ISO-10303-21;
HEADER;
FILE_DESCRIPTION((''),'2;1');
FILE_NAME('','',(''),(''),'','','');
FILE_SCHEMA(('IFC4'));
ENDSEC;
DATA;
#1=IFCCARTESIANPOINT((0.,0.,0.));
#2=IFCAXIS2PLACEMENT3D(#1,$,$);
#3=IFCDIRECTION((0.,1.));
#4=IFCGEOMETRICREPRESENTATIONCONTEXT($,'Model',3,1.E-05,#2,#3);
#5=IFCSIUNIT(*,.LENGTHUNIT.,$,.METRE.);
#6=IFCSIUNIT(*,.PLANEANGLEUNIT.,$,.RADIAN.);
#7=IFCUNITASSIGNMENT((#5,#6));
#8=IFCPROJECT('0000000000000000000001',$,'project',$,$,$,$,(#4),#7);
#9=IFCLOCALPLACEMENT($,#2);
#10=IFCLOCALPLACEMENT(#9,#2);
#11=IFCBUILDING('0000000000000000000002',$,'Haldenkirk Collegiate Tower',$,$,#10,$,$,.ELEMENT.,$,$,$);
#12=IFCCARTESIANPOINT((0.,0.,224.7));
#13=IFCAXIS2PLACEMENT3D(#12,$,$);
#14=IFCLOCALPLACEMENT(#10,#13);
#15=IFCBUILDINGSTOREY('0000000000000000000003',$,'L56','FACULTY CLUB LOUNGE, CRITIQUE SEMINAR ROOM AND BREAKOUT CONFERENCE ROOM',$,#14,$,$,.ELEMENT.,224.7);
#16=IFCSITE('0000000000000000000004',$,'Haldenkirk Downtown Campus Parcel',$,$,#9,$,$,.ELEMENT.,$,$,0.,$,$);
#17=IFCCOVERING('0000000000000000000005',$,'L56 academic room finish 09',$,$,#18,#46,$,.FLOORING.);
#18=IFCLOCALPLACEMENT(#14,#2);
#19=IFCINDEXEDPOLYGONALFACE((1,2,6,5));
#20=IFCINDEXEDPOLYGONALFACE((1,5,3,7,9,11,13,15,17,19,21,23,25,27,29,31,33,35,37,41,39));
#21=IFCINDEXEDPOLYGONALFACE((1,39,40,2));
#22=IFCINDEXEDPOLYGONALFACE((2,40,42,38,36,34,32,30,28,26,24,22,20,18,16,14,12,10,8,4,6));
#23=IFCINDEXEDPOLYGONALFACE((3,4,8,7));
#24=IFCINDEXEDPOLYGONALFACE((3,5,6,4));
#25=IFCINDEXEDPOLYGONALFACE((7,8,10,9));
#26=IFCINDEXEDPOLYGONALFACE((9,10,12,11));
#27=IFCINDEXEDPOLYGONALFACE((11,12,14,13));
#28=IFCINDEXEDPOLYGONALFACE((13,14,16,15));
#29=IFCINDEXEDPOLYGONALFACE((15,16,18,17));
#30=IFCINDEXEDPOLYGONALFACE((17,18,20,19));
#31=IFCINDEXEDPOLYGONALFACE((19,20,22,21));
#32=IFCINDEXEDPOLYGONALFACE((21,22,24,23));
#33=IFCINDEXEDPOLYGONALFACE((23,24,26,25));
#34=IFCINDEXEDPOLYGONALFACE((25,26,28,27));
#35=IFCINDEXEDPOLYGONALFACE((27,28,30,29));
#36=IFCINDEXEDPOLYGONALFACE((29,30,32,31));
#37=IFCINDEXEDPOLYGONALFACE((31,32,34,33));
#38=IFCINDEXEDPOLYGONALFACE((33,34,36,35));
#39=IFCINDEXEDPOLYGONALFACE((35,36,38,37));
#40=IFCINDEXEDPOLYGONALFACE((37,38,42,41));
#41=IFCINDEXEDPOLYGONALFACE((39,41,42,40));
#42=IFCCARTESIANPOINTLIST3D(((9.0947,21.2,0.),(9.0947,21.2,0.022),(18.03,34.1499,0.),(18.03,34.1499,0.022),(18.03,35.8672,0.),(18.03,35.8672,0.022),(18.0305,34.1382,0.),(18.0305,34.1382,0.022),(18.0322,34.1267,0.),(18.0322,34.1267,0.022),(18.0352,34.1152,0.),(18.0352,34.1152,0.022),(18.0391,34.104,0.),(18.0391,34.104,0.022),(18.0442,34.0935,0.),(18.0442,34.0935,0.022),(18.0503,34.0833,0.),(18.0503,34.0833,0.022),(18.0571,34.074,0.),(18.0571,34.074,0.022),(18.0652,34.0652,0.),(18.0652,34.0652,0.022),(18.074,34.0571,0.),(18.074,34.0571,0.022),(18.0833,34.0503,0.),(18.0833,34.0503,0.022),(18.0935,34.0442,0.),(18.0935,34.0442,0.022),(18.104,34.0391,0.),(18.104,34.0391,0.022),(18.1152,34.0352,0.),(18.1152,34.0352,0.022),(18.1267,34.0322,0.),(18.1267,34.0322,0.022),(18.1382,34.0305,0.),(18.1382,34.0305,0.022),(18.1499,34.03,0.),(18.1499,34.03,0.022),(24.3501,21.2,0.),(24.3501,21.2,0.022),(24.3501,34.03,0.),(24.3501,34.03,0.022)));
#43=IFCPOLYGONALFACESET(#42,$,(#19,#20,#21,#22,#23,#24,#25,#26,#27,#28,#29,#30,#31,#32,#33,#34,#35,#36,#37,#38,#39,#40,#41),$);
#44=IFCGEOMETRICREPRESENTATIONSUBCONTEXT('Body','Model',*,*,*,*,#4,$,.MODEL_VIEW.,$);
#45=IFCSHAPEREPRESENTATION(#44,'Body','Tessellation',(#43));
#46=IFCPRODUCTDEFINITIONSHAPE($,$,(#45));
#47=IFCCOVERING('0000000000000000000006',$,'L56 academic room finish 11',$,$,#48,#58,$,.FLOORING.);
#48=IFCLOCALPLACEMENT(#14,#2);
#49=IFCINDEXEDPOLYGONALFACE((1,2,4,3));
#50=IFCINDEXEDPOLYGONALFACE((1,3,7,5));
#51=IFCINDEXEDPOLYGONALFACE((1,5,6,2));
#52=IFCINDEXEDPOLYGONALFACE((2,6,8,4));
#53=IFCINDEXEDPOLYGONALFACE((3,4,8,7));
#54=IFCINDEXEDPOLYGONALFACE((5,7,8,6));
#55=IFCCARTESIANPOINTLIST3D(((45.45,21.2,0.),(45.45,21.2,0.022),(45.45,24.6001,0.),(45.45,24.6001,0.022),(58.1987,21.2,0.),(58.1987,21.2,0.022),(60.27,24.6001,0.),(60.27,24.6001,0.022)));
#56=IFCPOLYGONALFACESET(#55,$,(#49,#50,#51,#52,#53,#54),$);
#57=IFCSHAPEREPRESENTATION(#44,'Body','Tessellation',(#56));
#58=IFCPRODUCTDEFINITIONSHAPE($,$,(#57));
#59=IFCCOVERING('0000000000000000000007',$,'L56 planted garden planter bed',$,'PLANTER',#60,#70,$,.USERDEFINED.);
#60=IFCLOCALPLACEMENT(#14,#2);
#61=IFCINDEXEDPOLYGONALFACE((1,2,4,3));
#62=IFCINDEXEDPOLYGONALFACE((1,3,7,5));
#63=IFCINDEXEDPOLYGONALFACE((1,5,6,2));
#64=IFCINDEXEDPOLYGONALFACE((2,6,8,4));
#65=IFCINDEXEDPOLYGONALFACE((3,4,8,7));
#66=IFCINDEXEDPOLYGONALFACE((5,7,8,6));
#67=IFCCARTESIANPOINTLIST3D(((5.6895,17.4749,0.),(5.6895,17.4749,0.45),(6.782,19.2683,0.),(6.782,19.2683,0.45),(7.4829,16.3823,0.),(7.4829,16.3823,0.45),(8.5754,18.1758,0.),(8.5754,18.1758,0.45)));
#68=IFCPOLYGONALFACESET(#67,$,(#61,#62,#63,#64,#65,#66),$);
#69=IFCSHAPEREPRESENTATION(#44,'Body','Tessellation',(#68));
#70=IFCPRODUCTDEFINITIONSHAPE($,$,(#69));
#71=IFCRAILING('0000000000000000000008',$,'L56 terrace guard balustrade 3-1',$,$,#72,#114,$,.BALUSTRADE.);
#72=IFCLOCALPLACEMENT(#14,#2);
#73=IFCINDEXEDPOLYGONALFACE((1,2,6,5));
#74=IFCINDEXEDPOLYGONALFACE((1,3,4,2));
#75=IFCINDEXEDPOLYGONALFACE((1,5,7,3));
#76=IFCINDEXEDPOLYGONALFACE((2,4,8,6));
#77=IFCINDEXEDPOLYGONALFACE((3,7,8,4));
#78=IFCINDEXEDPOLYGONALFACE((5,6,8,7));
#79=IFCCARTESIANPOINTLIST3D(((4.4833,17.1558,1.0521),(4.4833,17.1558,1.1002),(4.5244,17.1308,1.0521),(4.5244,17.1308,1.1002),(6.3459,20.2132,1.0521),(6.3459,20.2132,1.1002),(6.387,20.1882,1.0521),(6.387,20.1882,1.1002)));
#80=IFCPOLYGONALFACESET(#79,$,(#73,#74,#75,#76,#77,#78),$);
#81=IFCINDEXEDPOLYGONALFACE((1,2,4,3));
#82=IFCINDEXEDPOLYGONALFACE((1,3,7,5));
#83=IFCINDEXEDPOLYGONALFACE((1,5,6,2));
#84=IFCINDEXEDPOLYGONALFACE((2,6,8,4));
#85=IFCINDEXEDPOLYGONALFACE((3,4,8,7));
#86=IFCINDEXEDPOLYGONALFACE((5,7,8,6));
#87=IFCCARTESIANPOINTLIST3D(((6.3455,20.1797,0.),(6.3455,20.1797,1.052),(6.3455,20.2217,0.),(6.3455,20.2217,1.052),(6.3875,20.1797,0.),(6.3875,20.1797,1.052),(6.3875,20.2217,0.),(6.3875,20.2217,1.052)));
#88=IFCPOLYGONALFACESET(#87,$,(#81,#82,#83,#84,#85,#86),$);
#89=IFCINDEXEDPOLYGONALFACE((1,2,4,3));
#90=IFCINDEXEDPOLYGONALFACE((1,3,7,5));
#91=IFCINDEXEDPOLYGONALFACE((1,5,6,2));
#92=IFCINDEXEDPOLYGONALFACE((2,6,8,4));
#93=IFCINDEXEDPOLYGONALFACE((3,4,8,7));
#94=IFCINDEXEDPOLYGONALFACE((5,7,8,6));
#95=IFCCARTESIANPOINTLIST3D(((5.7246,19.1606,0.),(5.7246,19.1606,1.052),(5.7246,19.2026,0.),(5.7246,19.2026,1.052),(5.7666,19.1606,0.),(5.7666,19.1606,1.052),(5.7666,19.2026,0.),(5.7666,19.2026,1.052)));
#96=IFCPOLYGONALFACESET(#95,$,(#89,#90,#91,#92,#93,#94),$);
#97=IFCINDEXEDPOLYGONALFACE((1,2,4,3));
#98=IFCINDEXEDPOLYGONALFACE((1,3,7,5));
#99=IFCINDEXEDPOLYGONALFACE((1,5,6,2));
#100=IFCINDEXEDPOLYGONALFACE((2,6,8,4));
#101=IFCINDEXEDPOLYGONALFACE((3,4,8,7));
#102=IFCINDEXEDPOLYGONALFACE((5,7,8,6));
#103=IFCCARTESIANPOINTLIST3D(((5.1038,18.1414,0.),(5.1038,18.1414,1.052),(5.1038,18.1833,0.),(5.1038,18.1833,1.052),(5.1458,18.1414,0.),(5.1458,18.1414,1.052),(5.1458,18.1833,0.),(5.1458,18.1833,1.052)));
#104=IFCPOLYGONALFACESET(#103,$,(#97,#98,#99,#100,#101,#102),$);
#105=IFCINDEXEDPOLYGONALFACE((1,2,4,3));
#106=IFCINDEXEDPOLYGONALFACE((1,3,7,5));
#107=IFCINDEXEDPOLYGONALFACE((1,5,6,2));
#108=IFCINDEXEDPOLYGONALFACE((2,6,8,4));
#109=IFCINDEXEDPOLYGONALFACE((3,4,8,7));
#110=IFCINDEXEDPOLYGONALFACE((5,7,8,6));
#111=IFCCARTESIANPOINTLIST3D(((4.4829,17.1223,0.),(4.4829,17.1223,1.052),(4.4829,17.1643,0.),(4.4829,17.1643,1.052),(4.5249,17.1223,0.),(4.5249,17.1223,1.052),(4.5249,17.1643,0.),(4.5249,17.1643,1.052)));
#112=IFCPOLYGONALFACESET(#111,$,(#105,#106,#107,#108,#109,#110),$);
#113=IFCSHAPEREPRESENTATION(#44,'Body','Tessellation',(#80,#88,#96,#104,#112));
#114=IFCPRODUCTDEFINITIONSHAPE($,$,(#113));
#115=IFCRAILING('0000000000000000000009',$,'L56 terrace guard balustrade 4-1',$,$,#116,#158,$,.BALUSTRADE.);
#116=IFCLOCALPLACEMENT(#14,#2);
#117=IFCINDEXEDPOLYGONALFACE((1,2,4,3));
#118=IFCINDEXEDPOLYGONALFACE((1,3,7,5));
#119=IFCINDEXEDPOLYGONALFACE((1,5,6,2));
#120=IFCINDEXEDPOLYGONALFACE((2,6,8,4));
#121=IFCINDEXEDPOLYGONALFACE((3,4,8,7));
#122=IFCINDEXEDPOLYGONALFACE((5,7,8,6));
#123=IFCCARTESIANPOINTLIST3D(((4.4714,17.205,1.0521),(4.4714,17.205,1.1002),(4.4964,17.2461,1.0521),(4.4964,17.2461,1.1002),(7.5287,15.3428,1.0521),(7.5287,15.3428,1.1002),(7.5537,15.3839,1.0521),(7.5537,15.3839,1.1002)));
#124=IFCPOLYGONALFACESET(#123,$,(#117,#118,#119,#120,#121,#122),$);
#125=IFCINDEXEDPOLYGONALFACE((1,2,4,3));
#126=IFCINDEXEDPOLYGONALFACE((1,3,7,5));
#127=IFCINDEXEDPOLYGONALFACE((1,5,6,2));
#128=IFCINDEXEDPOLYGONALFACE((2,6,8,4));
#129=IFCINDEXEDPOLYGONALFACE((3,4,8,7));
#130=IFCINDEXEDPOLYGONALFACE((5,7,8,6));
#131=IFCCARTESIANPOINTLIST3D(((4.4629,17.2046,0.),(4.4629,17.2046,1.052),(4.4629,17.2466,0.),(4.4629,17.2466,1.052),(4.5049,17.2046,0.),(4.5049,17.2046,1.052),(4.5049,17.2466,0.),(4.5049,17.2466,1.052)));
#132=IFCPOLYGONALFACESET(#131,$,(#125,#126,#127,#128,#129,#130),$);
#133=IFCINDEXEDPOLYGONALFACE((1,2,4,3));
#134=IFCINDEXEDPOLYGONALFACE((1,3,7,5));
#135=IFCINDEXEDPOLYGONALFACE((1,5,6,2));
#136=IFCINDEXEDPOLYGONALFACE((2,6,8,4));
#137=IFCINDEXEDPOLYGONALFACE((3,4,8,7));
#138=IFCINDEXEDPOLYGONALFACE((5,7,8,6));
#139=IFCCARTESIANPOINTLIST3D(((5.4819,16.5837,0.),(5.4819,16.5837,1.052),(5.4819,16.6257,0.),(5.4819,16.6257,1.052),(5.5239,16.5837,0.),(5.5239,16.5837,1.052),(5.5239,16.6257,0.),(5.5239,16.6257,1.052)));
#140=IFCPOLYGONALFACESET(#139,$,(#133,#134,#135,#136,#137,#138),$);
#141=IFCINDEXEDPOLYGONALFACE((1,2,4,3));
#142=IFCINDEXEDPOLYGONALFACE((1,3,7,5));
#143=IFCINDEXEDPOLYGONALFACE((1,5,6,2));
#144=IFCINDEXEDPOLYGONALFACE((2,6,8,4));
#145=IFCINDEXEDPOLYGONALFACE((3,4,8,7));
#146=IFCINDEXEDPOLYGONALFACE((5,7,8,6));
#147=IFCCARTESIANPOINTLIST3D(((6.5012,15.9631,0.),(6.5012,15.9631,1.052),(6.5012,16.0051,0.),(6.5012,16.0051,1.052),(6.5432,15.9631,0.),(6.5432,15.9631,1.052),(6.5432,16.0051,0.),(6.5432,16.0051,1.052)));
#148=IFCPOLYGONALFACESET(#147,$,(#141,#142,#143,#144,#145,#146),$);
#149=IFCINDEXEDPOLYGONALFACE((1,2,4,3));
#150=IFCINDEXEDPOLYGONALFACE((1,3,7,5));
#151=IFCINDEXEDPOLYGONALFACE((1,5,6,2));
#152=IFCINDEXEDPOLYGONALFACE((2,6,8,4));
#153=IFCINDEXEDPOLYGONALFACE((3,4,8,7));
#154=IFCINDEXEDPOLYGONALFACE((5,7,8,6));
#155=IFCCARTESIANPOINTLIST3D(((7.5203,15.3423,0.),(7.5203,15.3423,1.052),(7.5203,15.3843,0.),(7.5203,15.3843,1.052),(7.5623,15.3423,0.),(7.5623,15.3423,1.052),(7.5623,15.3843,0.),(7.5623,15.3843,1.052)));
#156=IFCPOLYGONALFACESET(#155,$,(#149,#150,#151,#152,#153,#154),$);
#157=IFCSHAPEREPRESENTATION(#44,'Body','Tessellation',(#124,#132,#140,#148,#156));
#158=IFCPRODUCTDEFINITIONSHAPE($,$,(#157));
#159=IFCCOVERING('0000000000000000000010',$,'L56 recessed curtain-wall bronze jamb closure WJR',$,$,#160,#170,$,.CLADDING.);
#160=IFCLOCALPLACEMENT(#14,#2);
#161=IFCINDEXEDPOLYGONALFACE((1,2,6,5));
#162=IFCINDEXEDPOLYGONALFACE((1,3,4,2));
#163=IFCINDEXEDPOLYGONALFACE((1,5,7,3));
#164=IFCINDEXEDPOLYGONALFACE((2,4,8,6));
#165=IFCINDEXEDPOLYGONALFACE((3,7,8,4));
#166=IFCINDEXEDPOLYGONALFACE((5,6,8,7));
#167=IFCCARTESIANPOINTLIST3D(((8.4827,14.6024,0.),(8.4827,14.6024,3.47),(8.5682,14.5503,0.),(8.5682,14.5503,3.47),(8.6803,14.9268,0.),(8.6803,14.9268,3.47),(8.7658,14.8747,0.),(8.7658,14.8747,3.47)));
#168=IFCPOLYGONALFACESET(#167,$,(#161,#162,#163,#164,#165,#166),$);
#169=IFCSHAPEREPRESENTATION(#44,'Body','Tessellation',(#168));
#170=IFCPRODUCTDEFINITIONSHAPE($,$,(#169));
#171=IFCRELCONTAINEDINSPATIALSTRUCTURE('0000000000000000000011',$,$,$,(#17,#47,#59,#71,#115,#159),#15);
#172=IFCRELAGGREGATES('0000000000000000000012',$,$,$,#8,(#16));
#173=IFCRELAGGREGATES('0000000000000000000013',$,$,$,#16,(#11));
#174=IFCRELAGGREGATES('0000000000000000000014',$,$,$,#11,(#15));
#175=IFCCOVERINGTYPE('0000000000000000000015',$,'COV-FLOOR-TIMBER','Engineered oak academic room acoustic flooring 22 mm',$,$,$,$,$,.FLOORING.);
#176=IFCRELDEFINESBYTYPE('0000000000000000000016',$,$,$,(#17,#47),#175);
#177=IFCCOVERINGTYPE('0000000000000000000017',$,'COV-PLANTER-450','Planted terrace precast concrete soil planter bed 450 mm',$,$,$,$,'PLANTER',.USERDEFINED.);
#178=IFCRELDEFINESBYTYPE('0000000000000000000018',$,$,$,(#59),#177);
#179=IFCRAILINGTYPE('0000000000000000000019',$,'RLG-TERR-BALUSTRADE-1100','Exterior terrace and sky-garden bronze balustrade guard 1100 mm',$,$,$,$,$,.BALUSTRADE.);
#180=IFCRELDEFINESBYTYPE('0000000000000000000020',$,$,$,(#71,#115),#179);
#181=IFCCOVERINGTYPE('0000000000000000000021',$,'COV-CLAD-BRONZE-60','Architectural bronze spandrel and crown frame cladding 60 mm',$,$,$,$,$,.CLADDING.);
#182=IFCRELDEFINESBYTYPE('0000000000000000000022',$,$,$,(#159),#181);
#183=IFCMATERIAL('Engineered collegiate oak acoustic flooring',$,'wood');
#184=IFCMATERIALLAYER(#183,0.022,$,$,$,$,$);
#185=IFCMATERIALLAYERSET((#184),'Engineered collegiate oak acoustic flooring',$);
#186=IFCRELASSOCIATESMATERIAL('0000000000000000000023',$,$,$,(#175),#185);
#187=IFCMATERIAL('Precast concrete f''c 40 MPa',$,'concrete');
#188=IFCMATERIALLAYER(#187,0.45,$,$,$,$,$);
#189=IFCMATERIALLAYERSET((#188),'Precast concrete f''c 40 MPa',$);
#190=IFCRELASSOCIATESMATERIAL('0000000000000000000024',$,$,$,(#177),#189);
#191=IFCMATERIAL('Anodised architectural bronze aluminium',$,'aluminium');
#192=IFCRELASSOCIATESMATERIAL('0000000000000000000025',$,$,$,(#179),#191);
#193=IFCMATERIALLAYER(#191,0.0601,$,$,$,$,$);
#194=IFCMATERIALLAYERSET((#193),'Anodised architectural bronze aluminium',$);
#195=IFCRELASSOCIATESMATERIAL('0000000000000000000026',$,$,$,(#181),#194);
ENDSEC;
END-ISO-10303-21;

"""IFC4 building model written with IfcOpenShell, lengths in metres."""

from ifc_helpers import new_model, si_unit, direction, frame, origin, origin_2d, place, context, subcontext, project, spatial, polyline, rectangle, outline, extrude, source, transform, mapped, material, layer, layer_set, type_object, element, save


model = new_model("IFC4")

# Units and contexts
model_context = context("Model", 3, precision=1e-05, world=origin(), true_north=direction((0.0, 1.0)))
body_context = subcontext(model_context, "Body", "Model", "MODEL_VIEW")
ifc_project = project(units=[si_unit("LENGTHUNIT", "METRE"), si_unit("PLANEANGLEUNIT", "RADIAN")], contexts=[model_context])

# Site, building, storey
site_placement = place(None, origin())
site = spatial("IfcSite", under=ifc_project, at=site_placement, Name="Haldenkirk Downtown Campus Parcel", CompositionType="ELEMENT", RefElevation=0.0)
building_placement = place(site_placement, origin())
building = spatial("IfcBuilding", under=site, at=building_placement, Name="Haldenkirk Collegiate Tower", CompositionType="ELEMENT")
storey_placement = place(building_placement, frame((0.0, 0.0, 224.7)))
storey = spatial("IfcBuildingStorey", under=building, at=storey_placement, Name="L56", Description="FACULTY CLUB LOUNGE, CRITIQUE SEMINAR ROOM AND BREAKOUT CONFERENCE ROOM", CompositionType="ELEMENT", Elevation=224.7)

# Shared definitions
ifc_material_1 = material(Name="Anodised architectural bronze aluminium", Category="aluminium")

# Shared definitions
ifc_material_2 = material(Name="Precast concrete f'c 40 MPa", Category="concrete")

# Coverings
ifc_material_3 = material(Name="Engineered collegiate oak acoustic flooring", Category="wood")
ifc_layer_1 = layer(ifc_material_3, 0.022)
ifc_layer_set_1 = layer_set([ifc_layer_1], Name="Engineered collegiate oak acoustic flooring")
covering_type_1 = type_object("IfcCoveringType", Name="COV-FLOOR-TIMBER", Description="Engineered oak academic room acoustic flooring 22 mm", PredefinedType="FLOORING", material=ifc_layer_set_1)
covering_1_placement = place(storey_placement, origin())
element("IfcCovering", 1, at=covering_1_placement, inside=storey, type_object=covering_type_1, Name="L56 academic room finish 09", PredefinedType="FLOORING", context=body_context, shape_type="SweptSolid", body=[
    extrude(outline(polyline([(9.0947, 21.2), (18.03, 35.8672), (18.03, 34.1499), (18.0305, 34.1382), (18.0322, 34.1267), (18.0352, 34.1152), (18.0391, 34.104), (18.0442, 34.0935), (18.0503, 34.0833), (18.0571, 34.074), (18.0652, 34.0652), (18.074, 34.0571), (18.0833, 34.0503), (18.0935, 34.0442), (18.104, 34.0391), (18.1152, 34.0352), (18.1267, 34.0322), (18.1382, 34.0305), (18.1499, 34.03), (24.3501, 34.03), (24.3501, 21.2), (9.0947, 21.2)])), origin(), (0.0, 0.0, 1.0), 0.022),
])
covering_2_placement = place(storey_placement, origin())
element("IfcCovering", 2, at=covering_2_placement, inside=storey, type_object=covering_type_1, Name="L56 academic room finish 11", PredefinedType="FLOORING", context=body_context, shape_type="SweptSolid", body=[
    extrude(outline(polyline([(58.1987, 21.2), (45.45, 21.2), (45.45, 24.6001), (60.27, 24.6001), (58.1987, 21.2)])), origin(), (0.0, 0.0, 1.0), 0.022),
])
ifc_layer_2 = layer(ifc_material_2, 0.45)
ifc_layer_set_2 = layer_set([ifc_layer_2], Name="Precast concrete f'c 40 MPa")
covering_type_2 = type_object("IfcCoveringType", Name="COV-PLANTER-450", Description="Planted terrace precast concrete soil planter bed 450 mm", ElementType="PLANTER", PredefinedType="USERDEFINED", material=ifc_layer_set_2)
covering_3_placement = place(storey_placement, origin())
element("IfcCovering", 3, at=covering_3_placement, inside=storey, type_object=covering_type_2, Name="L56 planted garden planter bed", ObjectType="PLANTER", PredefinedType="USERDEFINED", context=body_context, shape_type="SweptSolid", body=[
    extrude(outline(polyline([(7.4829, 16.3823), (5.6895, 17.4749), (6.782, 19.2683), (8.5754, 18.1758), (7.4829, 16.3823)])), origin(), (0.0, 0.0, 1.0), 0.45),
])

# Railings
railing_type = type_object("IfcRailingType", Name="RLG-TERR-BALUSTRADE-1100", Description="Exterior terrace and sky-garden bronze balustrade guard 1100 mm", PredefinedType="BALUSTRADE", material=ifc_material_1)
railing_1_placement = place(storey_placement, frame((6.3665, 20.2007, 0.0)))
element("IfcRailing", 4, at=railing_1_placement, inside=storey, type_object=railing_type, Name="L56 terrace guard balustrade 3-1", PredefinedType="BALUSTRADE", context=body_context, shape_type="SweptSolid", body=[
    extrude(rectangle(XDim=0.0481, YDim=0.0481, at=origin_2d()), frame((0.0, 0.0, 1.0762), z_axis=(-0.520261, -0.854008, 0.0), x_axis=(0.854008, -0.520261, 0.0)), (0.0, 0.0, 1.0), 3.5801),
    extrude(rectangle(XDim=0.042, YDim=0.042, at=origin_2d()), origin(), (0.0, 0.0, 1.0), 1.052),
    extrude(rectangle(XDim=0.042, YDim=0.042, at=origin_2d()), frame((-0.6208, -1.019, 0.0)), (0.0, 0.0, 1.0), 1.052),
    extrude(rectangle(XDim=0.042, YDim=0.042, at=origin_2d()), frame((-1.2417, -2.0383, 0.0)), (0.0, 0.0, 1.0), 1.052),
    extrude(rectangle(XDim=0.042, YDim=0.042, at=origin_2d()), frame((-1.8625, -3.0574, 0.0)), (0.0, 0.0, 1.0), 1.052),
])
railing_2_placement = place(storey_placement, frame((4.4839, 17.2256, 0.0)))
element("IfcRailing", 5, at=railing_2_placement, inside=storey, type_object=railing_type, Name="L56 terrace guard balustrade 4-1", PredefinedType="BALUSTRADE", context=body_context, shape_type="SweptSolid", body=[
    extrude(rectangle(XDim=0.0481, YDim=0.0481, at=origin_2d()), frame((0.0, 0.0, 1.0762), z_axis=(0.854038, -0.520211, 0.0), x_axis=(0.520211, 0.854038, 0.0)), (0.0, 0.0, 1.0), 3.5798),
    extrude(rectangle(XDim=0.042, YDim=0.042, at=origin_2d()), origin(), (0.0, 0.0, 1.0), 1.052),
    extrude(rectangle(XDim=0.042, YDim=0.042, at=origin_2d()), frame((1.019, -0.6208, 0.0)), (0.0, 0.0, 1.0), 1.052),
    extrude(rectangle(XDim=0.042, YDim=0.042, at=origin_2d()), frame((2.0383, -1.2415, 0.0)), (0.0, 0.0, 1.0), 1.052),
    extrude(rectangle(XDim=0.042, YDim=0.042, at=origin_2d()), frame((3.0574, -1.8623, 0.0)), (0.0, 0.0, 1.0), 1.052),
])

# Covering
ifc_layer_3 = layer(ifc_material_1, 0.0601)
ifc_layer_set_3 = layer_set([ifc_layer_3], Name="Anodised architectural bronze aluminium")
covering_type_3 = type_object("IfcCoveringType", Name="COV-CLAD-BRONZE-60", Description="Architectural bronze spandrel and crown frame cladding 60 mm", PredefinedType="CLADDING", material=ifc_layer_set_3)
shared_shape = source(origin(), body_context, "Body", "SweptSolid", [
    extrude(rectangle(XDim=0.1001, YDim=0.3799, at=origin_2d()), origin(), (0.0, 0.0, 1.0), 3.47),
])
covering_4_placement = place(storey_placement, frame((8.6243, 14.7385, 0.0), z_axis=(0.0, 0.0, 1.0), x_axis=(-0.854005, 0.520265, 0.0)))
element("IfcCovering", 6, at=covering_4_placement, inside=storey, type_object=covering_type_3, Name="L56 recessed curtain-wall bronze jamb closure WJR", PredefinedType="CLADDING", context=body_context, shape_type="MappedRepresentation", body=[
    mapped(shared_shape, transform((0.0, 0.0, 0.0), x_axis=(1.0, 0.0, 0.0), y_axis=(0.0, 1.0, 0.0), z_axis=(0.0, 0.0, 1.0), scale=1.0)),
])

save(model, "model.ifc")
